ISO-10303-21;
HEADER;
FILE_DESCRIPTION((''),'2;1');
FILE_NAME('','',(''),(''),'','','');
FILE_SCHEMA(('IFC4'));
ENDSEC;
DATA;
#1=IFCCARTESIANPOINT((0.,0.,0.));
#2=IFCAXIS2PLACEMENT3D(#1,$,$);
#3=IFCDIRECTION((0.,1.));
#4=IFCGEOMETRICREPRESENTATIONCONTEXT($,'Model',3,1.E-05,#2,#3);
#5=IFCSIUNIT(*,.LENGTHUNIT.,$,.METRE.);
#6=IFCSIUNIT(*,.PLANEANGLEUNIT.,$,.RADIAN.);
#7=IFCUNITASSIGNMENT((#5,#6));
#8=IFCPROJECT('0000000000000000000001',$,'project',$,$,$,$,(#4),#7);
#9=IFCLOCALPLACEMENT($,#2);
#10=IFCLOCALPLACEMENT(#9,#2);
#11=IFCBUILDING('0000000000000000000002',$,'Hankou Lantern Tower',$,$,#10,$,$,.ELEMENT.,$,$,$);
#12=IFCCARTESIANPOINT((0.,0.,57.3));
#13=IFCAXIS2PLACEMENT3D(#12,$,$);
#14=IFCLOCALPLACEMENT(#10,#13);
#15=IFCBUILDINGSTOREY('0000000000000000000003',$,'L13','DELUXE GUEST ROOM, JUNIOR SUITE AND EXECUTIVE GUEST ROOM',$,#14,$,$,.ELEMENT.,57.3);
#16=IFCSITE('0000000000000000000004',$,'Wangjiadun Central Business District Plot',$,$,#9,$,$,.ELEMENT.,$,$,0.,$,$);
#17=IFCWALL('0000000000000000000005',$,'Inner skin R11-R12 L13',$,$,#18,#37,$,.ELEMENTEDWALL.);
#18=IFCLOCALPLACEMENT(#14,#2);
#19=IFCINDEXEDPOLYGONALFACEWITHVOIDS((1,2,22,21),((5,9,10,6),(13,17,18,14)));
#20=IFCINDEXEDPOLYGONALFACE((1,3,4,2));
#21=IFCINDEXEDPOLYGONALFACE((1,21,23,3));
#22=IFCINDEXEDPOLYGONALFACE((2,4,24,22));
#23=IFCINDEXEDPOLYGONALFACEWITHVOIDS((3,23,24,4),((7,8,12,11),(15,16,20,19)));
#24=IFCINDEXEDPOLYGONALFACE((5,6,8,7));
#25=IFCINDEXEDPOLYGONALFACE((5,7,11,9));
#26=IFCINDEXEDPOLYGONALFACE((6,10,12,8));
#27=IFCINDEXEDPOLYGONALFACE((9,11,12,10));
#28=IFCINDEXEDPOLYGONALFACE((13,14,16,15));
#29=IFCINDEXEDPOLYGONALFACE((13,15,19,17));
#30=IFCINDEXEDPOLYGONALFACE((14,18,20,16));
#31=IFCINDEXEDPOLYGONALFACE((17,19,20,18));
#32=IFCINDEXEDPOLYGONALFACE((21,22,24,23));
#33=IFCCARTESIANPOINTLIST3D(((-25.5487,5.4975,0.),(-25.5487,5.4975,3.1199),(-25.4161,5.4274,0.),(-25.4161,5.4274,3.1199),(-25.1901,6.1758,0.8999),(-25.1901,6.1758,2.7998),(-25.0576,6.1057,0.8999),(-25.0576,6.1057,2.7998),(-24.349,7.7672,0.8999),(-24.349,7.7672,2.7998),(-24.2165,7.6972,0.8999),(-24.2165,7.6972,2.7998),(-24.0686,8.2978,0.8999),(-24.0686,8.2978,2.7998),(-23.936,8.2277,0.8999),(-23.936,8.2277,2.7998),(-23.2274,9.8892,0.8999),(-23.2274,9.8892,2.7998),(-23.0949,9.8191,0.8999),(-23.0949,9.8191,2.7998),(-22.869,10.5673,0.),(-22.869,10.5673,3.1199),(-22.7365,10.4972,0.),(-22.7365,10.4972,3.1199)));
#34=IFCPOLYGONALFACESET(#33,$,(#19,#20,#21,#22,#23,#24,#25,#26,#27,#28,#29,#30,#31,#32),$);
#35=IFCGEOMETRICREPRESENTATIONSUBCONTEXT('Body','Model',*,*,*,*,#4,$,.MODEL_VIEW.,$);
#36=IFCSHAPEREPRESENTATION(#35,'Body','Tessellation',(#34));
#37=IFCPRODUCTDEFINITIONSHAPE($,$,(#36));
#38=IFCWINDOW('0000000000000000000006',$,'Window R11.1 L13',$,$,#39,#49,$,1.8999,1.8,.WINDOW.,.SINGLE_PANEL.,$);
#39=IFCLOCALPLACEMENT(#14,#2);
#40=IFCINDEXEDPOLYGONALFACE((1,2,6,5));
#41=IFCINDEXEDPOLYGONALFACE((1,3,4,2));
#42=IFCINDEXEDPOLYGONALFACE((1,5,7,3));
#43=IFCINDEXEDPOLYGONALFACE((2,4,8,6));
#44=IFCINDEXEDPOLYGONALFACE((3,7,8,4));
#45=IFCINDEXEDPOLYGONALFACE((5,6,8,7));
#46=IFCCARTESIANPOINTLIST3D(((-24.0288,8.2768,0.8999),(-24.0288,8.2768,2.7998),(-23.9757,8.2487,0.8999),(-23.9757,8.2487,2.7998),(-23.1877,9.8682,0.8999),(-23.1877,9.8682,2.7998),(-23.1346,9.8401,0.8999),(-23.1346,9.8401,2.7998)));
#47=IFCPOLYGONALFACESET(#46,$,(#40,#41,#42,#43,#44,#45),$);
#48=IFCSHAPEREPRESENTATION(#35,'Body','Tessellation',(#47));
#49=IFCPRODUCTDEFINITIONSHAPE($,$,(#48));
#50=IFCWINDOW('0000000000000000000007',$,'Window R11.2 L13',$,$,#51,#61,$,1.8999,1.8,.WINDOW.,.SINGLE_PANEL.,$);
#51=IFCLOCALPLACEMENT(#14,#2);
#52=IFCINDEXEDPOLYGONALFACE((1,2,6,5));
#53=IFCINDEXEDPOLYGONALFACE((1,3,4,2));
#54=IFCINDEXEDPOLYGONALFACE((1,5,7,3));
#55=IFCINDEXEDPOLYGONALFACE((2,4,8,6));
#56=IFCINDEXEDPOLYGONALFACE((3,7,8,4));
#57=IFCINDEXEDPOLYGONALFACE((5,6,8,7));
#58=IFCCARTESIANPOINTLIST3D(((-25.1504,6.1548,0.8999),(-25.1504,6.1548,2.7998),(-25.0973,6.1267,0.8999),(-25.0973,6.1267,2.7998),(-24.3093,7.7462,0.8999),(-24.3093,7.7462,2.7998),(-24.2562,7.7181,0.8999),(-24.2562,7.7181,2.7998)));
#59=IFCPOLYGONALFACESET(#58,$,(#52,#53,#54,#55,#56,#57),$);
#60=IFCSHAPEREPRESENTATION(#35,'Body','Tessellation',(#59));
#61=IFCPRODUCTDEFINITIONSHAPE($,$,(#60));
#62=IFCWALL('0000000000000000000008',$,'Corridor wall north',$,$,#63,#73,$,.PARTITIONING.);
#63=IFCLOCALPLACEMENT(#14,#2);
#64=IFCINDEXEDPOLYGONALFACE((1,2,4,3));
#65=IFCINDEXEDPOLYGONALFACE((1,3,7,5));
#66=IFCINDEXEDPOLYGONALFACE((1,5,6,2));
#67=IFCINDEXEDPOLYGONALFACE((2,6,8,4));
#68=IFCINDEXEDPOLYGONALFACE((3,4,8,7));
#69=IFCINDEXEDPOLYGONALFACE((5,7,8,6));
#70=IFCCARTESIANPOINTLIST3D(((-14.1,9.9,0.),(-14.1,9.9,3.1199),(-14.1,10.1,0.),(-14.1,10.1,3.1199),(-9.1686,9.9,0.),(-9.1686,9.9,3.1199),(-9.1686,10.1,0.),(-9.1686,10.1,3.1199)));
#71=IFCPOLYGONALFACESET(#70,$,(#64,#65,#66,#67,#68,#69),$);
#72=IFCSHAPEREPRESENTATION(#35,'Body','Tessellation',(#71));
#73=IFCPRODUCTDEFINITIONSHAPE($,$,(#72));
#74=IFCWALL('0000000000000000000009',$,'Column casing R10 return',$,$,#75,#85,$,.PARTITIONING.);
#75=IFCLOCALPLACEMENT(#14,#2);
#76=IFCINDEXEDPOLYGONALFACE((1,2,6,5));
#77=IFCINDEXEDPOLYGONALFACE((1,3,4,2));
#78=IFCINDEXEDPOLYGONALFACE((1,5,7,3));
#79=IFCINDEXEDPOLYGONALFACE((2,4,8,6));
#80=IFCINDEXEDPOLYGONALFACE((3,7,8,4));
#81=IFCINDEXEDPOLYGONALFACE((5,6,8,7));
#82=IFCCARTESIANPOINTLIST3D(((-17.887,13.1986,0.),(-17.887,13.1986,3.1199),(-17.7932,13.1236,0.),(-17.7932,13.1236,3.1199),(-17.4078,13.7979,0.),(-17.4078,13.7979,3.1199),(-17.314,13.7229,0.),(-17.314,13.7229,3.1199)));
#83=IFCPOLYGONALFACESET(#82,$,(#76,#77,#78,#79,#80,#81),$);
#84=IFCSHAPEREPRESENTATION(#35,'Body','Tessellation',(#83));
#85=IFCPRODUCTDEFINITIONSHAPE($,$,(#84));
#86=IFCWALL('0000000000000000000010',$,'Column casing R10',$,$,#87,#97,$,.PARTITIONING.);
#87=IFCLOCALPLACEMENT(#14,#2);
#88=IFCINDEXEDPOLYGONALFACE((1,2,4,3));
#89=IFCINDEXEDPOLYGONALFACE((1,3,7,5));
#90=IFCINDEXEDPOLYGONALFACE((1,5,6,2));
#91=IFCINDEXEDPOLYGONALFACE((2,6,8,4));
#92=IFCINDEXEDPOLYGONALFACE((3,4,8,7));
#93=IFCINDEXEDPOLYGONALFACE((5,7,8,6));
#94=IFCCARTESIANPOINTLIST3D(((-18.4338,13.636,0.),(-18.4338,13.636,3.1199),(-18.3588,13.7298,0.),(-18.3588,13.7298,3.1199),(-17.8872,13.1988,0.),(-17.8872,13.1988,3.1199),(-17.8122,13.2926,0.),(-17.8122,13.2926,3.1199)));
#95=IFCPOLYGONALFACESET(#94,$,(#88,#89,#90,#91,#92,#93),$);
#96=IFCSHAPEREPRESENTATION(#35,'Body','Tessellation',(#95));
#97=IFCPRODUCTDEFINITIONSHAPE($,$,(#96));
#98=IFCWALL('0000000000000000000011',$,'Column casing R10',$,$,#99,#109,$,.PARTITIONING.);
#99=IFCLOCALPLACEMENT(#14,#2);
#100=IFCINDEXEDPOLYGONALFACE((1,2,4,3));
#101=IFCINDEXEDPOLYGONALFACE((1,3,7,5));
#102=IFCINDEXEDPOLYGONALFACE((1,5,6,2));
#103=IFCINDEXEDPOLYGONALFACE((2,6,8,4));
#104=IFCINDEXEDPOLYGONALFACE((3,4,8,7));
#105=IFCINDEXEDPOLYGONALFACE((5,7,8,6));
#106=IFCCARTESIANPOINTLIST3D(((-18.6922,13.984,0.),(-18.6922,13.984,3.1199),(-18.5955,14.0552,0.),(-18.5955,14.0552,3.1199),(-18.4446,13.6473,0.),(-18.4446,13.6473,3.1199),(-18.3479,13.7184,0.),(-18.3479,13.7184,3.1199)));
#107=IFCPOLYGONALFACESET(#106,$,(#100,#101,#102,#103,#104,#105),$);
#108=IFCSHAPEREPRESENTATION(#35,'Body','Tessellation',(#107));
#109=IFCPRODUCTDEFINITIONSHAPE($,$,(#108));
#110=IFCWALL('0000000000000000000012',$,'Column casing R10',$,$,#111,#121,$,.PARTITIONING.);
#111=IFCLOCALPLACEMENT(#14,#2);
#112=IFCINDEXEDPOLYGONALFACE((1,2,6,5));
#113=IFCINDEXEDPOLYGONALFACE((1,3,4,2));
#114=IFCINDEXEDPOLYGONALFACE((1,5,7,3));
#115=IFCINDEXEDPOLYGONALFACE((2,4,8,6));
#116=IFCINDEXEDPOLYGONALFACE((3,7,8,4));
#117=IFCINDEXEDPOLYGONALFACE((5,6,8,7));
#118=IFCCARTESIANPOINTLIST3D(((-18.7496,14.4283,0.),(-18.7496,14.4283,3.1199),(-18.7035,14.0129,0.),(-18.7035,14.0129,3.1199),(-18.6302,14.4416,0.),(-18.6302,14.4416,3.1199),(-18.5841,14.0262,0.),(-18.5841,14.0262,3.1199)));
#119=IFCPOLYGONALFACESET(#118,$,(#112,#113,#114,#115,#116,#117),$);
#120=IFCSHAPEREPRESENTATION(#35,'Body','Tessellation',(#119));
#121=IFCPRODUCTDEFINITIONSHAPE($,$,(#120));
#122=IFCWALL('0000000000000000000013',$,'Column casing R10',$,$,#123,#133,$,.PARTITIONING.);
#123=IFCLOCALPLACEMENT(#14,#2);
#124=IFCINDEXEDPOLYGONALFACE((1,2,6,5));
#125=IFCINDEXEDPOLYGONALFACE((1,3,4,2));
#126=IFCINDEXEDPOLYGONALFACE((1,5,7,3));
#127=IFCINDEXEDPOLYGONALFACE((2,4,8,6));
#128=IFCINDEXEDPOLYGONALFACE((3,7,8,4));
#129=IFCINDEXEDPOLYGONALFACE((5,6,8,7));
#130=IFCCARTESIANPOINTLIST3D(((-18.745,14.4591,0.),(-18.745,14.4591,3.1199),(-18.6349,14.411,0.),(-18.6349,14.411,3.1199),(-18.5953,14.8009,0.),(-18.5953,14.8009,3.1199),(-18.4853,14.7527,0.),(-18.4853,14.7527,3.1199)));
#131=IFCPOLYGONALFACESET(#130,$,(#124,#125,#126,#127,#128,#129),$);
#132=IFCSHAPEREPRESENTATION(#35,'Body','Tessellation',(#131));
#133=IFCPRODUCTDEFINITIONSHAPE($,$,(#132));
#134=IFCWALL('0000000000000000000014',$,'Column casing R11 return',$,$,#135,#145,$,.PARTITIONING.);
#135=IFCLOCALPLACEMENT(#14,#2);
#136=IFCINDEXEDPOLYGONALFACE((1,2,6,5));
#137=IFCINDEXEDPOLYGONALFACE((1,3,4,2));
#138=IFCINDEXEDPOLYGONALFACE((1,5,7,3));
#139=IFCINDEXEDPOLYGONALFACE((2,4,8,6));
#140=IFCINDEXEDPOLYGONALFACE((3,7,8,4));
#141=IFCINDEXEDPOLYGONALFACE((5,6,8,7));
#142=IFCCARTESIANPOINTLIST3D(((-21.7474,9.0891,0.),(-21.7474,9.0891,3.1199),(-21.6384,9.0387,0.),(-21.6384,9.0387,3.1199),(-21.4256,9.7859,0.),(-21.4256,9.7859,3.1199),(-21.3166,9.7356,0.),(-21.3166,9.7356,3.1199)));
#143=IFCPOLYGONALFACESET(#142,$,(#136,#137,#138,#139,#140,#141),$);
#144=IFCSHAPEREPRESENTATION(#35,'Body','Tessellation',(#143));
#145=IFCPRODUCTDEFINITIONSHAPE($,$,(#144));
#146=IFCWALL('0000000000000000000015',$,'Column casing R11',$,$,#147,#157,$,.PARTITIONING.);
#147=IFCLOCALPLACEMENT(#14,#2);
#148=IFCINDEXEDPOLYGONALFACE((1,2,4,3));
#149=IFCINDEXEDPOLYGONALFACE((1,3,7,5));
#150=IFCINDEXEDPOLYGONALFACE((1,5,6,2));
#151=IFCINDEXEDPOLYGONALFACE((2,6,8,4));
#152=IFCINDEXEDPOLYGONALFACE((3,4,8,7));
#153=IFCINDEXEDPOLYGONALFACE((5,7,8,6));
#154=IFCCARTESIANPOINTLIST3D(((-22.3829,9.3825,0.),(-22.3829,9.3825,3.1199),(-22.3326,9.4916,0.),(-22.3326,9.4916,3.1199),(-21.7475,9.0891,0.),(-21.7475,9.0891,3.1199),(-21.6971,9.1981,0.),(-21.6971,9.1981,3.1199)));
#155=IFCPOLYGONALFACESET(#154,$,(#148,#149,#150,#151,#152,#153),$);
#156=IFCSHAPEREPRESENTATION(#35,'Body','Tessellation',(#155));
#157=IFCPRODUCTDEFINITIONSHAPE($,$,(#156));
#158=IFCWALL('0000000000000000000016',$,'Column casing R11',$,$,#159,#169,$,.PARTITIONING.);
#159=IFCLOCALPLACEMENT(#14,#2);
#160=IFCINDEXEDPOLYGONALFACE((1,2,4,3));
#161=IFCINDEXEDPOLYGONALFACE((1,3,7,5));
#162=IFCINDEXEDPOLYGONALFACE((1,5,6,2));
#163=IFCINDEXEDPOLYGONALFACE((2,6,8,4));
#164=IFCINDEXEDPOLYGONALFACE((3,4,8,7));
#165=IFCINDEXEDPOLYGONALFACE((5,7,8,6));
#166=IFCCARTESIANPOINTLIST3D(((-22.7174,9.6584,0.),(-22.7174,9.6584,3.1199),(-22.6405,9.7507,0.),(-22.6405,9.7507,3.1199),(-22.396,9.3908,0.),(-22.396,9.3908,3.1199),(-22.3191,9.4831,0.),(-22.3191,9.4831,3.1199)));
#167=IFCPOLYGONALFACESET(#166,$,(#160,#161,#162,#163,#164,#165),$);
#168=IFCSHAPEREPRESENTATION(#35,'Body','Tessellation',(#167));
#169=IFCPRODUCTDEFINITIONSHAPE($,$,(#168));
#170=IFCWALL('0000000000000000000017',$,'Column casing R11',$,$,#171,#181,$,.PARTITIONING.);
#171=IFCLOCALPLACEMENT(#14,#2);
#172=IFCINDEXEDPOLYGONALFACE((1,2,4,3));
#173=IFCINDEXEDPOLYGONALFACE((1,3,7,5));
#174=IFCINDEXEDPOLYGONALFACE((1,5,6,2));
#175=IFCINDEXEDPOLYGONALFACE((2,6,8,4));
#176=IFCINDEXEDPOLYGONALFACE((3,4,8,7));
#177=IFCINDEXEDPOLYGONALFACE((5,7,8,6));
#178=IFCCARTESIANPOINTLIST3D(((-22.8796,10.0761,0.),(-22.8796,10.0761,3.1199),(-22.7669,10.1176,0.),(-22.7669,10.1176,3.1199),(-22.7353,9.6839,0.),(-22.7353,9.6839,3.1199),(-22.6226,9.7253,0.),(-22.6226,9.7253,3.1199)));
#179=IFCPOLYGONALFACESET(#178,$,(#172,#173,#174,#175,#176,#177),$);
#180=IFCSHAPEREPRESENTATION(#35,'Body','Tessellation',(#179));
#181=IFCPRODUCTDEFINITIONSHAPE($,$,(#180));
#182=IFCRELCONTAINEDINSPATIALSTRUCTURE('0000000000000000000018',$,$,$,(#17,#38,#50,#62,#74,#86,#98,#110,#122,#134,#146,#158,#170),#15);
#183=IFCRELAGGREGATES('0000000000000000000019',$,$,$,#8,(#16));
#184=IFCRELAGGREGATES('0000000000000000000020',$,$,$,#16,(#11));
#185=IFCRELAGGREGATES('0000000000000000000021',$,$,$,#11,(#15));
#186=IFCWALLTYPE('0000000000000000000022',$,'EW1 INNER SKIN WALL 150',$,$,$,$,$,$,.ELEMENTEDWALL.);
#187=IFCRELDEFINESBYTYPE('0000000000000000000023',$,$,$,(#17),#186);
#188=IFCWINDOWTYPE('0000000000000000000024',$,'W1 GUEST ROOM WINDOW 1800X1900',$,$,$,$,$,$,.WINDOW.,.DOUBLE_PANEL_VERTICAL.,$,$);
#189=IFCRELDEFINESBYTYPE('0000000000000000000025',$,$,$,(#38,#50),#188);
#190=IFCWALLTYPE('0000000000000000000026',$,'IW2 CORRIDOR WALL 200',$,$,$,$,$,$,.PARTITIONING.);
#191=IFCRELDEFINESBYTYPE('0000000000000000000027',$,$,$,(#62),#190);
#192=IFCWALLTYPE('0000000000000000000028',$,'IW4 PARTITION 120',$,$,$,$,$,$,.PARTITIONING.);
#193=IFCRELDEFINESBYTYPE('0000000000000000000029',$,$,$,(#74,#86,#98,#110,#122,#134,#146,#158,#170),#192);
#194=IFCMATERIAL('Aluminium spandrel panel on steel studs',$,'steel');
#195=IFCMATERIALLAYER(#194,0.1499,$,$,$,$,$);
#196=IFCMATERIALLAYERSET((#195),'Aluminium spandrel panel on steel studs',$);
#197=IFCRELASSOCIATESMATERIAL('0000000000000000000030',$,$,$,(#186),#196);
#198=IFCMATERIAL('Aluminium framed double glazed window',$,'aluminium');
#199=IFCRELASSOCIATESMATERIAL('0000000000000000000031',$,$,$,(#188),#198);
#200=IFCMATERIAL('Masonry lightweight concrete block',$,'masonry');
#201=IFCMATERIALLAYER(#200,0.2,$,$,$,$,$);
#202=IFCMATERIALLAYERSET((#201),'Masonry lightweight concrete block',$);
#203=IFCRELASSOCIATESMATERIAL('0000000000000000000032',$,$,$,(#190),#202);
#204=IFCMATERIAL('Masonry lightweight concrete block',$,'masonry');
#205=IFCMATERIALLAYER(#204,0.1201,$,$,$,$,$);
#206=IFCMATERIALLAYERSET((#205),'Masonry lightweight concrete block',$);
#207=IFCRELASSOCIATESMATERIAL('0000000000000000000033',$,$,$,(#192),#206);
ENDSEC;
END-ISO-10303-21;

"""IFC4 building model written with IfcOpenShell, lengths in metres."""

from ifc_helpers import new_model, si_unit, direction, frame, frame_2d, origin, place, context, subcontext, project, spatial, rectangle, extrude, material, layer, layer_set, type_object, element, fill, save


model = new_model("IFC4")

# Units and contexts
model_context = context("Model", 3, precision=1e-05, world=origin(), true_north=direction((0.0, 1.0)))
body_context = subcontext(model_context, "Body", "Model", "MODEL_VIEW")
ifc_project = project(units=[si_unit("LENGTHUNIT", "METRE"), si_unit("PLANEANGLEUNIT", "RADIAN")], contexts=[model_context])

# Site, building, storey
site_placement = place(None, origin())
site = spatial("IfcSite", under=ifc_project, at=site_placement, Name="Wangjiadun Central Business District Plot", CompositionType="ELEMENT", RefElevation=0.0)
building_placement = place(site_placement, origin())
building = spatial("IfcBuilding", under=site, at=building_placement, Name="Hankou Lantern Tower", CompositionType="ELEMENT")
storey_placement = place(building_placement, frame((0.0, 0.0, 57.3)))
storey = spatial("IfcBuildingStorey", under=building, at=storey_placement, Name="L13", Description="DELUXE GUEST ROOM, JUNIOR SUITE AND EXECUTIVE GUEST ROOM", CompositionType="ELEMENT", Elevation=57.3)

# Wall, openings, windows
ifc_material_1 = material(Name="Aluminium spandrel panel on steel studs", Category="steel")
ifc_layer_1 = layer(ifc_material_1, 0.1499)
ifc_layer_set_1 = layer_set([ifc_layer_1], Name="Aluminium spandrel panel on steel studs")
wall_type_1 = type_object("IfcWallType", Name="EW1 INNER SKIN WALL 150", PredefinedType="ELEMENTEDWALL", material=ifc_layer_set_1)
ifc_material_2 = material(Name="Aluminium framed double glazed window", Category="aluminium")
window_type = type_object("IfcWindowType", Name="W1 GUEST ROOM WINDOW 1800X1900", PartitioningType="DOUBLE_PANEL_VERTICAL", PredefinedType="WINDOW", material=ifc_material_2)
wall_1_placement = place(storey_placement, frame((-22.8027, 10.5322, 0.0), z_axis=(0.0, 0.0, 1.0), x_axis=(-0.467297, -0.8841, 0.0)))
wall_1 = element("IfcWall", 1, at=wall_1_placement, inside=storey, type_object=wall_type_1, Name="Inner skin R11-R12 L13", PredefinedType="ELEMENTEDWALL", context=body_context, shape_type="SweptSolid", body=[
    extrude(rectangle(XDim=5.7344, YDim=0.1499, at=frame_2d((2.8672, 0.0))), origin(), (0.0, 0.0, 1.0), 3.1199),
])
opening_1_placement = place(wall_1_placement, frame((0.7671, 0.0, 0.8999)))
opening_1 = element("IfcOpeningElement", 2, at=opening_1_placement, cuts=wall_1, PredefinedType="OPENING", context=body_context, shape_type="SweptSolid", body=[
    extrude(rectangle(XDim=1.8, YDim=1.8999, at=frame_2d((0.8999, 0.95))), frame((0.0, 0.085, 0.0), z_axis=(0.0, -1.0, 0.0), x_axis=(1.0, 0.0, 0.0)), (0.0, 0.0, 1.0), 0.1699),
])
opening_2_placement = place(wall_1_placement, frame((3.1672, 0.0, 0.8999)))
opening_2 = element("IfcOpeningElement", 3, at=opening_2_placement, cuts=wall_1, PredefinedType="OPENING", context=body_context, shape_type="SweptSolid", body=[
    extrude(rectangle(XDim=1.8, YDim=1.8999, at=frame_2d((0.8999, 0.95))), frame((0.0, 0.085, 0.0), z_axis=(0.0, -1.0, 0.0), x_axis=(1.0, 0.0, 0.0)), (0.0, 0.0, 1.0), 0.1699),
])
window_1_placement = place(opening_1_placement, origin())
window_1 = element("IfcWindow", 4, at=window_1_placement, inside=storey, type_object=window_type, Name="Window R11.1 L13", OverallHeight=1.8999, OverallWidth=1.8, PartitioningType="SINGLE_PANEL", PredefinedType="WINDOW", context=body_context, shape_type="SweptSolid", body=[
    extrude(rectangle(XDim=1.8, YDim=1.8999, at=frame_2d((0.8999, 0.95))), frame((0.0, 0.03, 0.0), z_axis=(0.0, -1.0, 0.0), x_axis=(1.0, 0.0, 0.0)), (0.0, 0.0, 1.0), 0.0601),
])
fill(opening_1, window_1)
window_2_placement = place(opening_2_placement, origin())
window_2 = element("IfcWindow", 5, at=window_2_placement, inside=storey, type_object=window_type, Name="Window R11.2 L13", OverallHeight=1.8999, OverallWidth=1.8, PartitioningType="SINGLE_PANEL", PredefinedType="WINDOW", context=body_context, shape_type="SweptSolid", body=[
    extrude(rectangle(XDim=1.8, YDim=1.8999, at=frame_2d((0.8999, 0.95))), frame((0.0, 0.03, 0.0), z_axis=(0.0, -1.0, 0.0), x_axis=(1.0, 0.0, 0.0)), (0.0, 0.0, 1.0), 0.0601),
])
fill(opening_2, window_2)

# Walls
ifc_material_3 = material(Name="Masonry lightweight concrete block", Category="masonry")
ifc_layer_2 = layer(ifc_material_3, 0.2)
ifc_layer_set_2 = layer_set([ifc_layer_2], Name="Masonry lightweight concrete block")
wall_type_2 = type_object("IfcWallType", Name="IW2 CORRIDOR WALL 200", PredefinedType="PARTITIONING", material=ifc_layer_set_2)
wall_2_placement = place(storey_placement, frame((-14.1001, 10.0, 0.0), z_axis=(0.0, 0.0, 1.0), x_axis=(1.0, 0.0, 0.0)))
element("IfcWall", 6, at=wall_2_placement, inside=storey, type_object=wall_type_2, Name="Corridor wall north", PredefinedType="PARTITIONING", context=body_context, shape_type="SweptSolid", body=[
    extrude(rectangle(XDim=4.9314, YDim=0.2, at=frame_2d((2.4658, 0.0))), origin(), (0.0, 0.0, 1.0), 3.1199),
])
ifc_material_4 = material(Name="Masonry lightweight concrete block", Category="masonry")
ifc_layer_3 = layer(ifc_material_4, 0.1201)
ifc_layer_set_3 = layer_set([ifc_layer_3], Name="Masonry lightweight concrete block")
wall_type_3 = type_object("IfcWallType", Name="IW4 PARTITION 120", PredefinedType="PARTITIONING", material=ifc_layer_set_3)
wall_3_placement = place(storey_placement, frame((-17.3608, 13.7605, 0.0), z_axis=(0.0, 0.0, 1.0), x_axis=(-0.624501, -0.781024, 0.0)))
element("IfcWall", 7, at=wall_3_placement, inside=storey, type_object=wall_type_3, Name="Column casing R10 return", PredefinedType="PARTITIONING", context=body_context, shape_type="SweptSolid", body=[
    extrude(rectangle(XDim=0.7673, YDim=0.1201, at=frame_2d((0.3838, 0.0))), origin(), (0.0, 0.0, 1.0), 3.1199),
])
wall_4_placement = place(storey_placement, frame((-17.8496, 13.2456, 0.0), z_axis=(0.0, 0.0, 1.0), x_axis=(-0.780903, 0.624653, 0.0)))
element("IfcWall", 8, at=wall_4_placement, inside=storey, type_object=wall_type_3, Name="Column casing R10", PredefinedType="PARTITIONING", context=body_context, shape_type="SweptSolid", body=[
    extrude(rectangle(XDim=0.7, YDim=0.1201, at=frame_2d((0.3501, 0.0))), origin(), (0.0, 0.0, 1.0), 3.1199),
])
for number, where, z_axis, x_axis, name in (
    (9, (-18.3962, 13.6829, 0.0), (0.0, 0.0, 1.0), (-0.592402, 0.805643, 0.0), "Column casing R10"),
    (10, (-18.6438, 14.0195, 0.0), (0.0, 0.0, 1.0), (-0.110367, 0.993891, 0.0), "Column casing R10"),
):
    element("IfcWall", number, at=place(storey_placement, frame(where, z_axis=z_axis, x_axis=x_axis)), inside=storey, type_object=wall_type_3, Name=name, PredefinedType="PARTITIONING", context=body_context, shape_type="SweptSolid", body=[
        extrude(rectangle(XDim=0.418, YDim=0.1201, at=frame_2d((0.209, 0.0))), origin(), (0.0, 0.0, 1.0), 3.1199),
    ])
wall_5_placement = place(storey_placement, frame((-18.6899, 14.4351, 0.0), z_axis=(0.0, 0.0, 1.0), x_axis=(0.401093, 0.916037, 0.0)))
element("IfcWall", 11, at=wall_5_placement, inside=storey, type_object=wall_type_3, Name="Column casing R10", PredefinedType="PARTITIONING", context=body_context, shape_type="SweptSolid", body=[
    extrude(rectangle(XDim=0.373, YDim=0.1201, at=frame_2d((0.1865, 0.0))), origin(), (0.0, 0.0, 1.0), 3.1199),
])
wall_6_placement = place(storey_placement, frame((-21.3711, 9.7607, 0.0), z_axis=(0.0, 0.0, 1.0), x_axis=(-0.41926, -0.907866, 0.0)))
element("IfcWall", 12, at=wall_6_placement, inside=storey, type_object=wall_type_3, Name="Column casing R11 return", PredefinedType="PARTITIONING", context=body_context, shape_type="SweptSolid", body=[
    extrude(rectangle(XDim=0.7676, YDim=0.1201, at=frame_2d((0.3838, 0.0))), origin(), (0.0, 0.0, 1.0), 3.1199),
])
wall_7_placement = place(storey_placement, frame((-21.7222, 9.1436, 0.0), z_axis=(0.0, 0.0, 1.0), x_axis=(-0.907878, 0.419235, 0.0)))
element("IfcWall", 13, at=wall_7_placement, inside=storey, type_object=wall_type_3, Name="Column casing R11", PredefinedType="PARTITIONING", context=body_context, shape_type="SweptSolid", body=[
    extrude(rectangle(XDim=0.7, YDim=0.1201, at=frame_2d((0.3501, 0.0))), origin(), (0.0, 0.0, 1.0), 3.1199),
])
wall_8_placement = place(storey_placement, frame((-22.3577, 9.437, 0.0), z_axis=(0.0, 0.0, 1.0), x_axis=(-0.768413, 0.639955, 0.0)))
element("IfcWall", 14, at=wall_8_placement, inside=storey, type_object=wall_type_3, Name="Column casing R11", PredefinedType="PARTITIONING", context=body_context, shape_type="SweptSolid", body=[
    extrude(rectangle(XDim=0.4182, YDim=0.1201, at=frame_2d((0.209, 0.0))), origin(), (0.0, 0.0, 1.0), 3.1199),
])
wall_9_placement = place(storey_placement, frame((-22.679, 9.7046, 0.0), z_axis=(0.0, 0.0, 1.0), x_axis=(-0.345164, 0.938542, 0.0)))
element("IfcWall", 15, at=wall_9_placement, inside=storey, type_object=wall_type_3, Name="Column casing R11", PredefinedType="PARTITIONING", context=body_context, shape_type="SweptSolid", body=[
    extrude(rectangle(XDim=0.418, YDim=0.1201, at=frame_2d((0.209, 0.0))), origin(), (0.0, 0.0, 1.0), 3.1199),
])

save(model, "model.ifc")
